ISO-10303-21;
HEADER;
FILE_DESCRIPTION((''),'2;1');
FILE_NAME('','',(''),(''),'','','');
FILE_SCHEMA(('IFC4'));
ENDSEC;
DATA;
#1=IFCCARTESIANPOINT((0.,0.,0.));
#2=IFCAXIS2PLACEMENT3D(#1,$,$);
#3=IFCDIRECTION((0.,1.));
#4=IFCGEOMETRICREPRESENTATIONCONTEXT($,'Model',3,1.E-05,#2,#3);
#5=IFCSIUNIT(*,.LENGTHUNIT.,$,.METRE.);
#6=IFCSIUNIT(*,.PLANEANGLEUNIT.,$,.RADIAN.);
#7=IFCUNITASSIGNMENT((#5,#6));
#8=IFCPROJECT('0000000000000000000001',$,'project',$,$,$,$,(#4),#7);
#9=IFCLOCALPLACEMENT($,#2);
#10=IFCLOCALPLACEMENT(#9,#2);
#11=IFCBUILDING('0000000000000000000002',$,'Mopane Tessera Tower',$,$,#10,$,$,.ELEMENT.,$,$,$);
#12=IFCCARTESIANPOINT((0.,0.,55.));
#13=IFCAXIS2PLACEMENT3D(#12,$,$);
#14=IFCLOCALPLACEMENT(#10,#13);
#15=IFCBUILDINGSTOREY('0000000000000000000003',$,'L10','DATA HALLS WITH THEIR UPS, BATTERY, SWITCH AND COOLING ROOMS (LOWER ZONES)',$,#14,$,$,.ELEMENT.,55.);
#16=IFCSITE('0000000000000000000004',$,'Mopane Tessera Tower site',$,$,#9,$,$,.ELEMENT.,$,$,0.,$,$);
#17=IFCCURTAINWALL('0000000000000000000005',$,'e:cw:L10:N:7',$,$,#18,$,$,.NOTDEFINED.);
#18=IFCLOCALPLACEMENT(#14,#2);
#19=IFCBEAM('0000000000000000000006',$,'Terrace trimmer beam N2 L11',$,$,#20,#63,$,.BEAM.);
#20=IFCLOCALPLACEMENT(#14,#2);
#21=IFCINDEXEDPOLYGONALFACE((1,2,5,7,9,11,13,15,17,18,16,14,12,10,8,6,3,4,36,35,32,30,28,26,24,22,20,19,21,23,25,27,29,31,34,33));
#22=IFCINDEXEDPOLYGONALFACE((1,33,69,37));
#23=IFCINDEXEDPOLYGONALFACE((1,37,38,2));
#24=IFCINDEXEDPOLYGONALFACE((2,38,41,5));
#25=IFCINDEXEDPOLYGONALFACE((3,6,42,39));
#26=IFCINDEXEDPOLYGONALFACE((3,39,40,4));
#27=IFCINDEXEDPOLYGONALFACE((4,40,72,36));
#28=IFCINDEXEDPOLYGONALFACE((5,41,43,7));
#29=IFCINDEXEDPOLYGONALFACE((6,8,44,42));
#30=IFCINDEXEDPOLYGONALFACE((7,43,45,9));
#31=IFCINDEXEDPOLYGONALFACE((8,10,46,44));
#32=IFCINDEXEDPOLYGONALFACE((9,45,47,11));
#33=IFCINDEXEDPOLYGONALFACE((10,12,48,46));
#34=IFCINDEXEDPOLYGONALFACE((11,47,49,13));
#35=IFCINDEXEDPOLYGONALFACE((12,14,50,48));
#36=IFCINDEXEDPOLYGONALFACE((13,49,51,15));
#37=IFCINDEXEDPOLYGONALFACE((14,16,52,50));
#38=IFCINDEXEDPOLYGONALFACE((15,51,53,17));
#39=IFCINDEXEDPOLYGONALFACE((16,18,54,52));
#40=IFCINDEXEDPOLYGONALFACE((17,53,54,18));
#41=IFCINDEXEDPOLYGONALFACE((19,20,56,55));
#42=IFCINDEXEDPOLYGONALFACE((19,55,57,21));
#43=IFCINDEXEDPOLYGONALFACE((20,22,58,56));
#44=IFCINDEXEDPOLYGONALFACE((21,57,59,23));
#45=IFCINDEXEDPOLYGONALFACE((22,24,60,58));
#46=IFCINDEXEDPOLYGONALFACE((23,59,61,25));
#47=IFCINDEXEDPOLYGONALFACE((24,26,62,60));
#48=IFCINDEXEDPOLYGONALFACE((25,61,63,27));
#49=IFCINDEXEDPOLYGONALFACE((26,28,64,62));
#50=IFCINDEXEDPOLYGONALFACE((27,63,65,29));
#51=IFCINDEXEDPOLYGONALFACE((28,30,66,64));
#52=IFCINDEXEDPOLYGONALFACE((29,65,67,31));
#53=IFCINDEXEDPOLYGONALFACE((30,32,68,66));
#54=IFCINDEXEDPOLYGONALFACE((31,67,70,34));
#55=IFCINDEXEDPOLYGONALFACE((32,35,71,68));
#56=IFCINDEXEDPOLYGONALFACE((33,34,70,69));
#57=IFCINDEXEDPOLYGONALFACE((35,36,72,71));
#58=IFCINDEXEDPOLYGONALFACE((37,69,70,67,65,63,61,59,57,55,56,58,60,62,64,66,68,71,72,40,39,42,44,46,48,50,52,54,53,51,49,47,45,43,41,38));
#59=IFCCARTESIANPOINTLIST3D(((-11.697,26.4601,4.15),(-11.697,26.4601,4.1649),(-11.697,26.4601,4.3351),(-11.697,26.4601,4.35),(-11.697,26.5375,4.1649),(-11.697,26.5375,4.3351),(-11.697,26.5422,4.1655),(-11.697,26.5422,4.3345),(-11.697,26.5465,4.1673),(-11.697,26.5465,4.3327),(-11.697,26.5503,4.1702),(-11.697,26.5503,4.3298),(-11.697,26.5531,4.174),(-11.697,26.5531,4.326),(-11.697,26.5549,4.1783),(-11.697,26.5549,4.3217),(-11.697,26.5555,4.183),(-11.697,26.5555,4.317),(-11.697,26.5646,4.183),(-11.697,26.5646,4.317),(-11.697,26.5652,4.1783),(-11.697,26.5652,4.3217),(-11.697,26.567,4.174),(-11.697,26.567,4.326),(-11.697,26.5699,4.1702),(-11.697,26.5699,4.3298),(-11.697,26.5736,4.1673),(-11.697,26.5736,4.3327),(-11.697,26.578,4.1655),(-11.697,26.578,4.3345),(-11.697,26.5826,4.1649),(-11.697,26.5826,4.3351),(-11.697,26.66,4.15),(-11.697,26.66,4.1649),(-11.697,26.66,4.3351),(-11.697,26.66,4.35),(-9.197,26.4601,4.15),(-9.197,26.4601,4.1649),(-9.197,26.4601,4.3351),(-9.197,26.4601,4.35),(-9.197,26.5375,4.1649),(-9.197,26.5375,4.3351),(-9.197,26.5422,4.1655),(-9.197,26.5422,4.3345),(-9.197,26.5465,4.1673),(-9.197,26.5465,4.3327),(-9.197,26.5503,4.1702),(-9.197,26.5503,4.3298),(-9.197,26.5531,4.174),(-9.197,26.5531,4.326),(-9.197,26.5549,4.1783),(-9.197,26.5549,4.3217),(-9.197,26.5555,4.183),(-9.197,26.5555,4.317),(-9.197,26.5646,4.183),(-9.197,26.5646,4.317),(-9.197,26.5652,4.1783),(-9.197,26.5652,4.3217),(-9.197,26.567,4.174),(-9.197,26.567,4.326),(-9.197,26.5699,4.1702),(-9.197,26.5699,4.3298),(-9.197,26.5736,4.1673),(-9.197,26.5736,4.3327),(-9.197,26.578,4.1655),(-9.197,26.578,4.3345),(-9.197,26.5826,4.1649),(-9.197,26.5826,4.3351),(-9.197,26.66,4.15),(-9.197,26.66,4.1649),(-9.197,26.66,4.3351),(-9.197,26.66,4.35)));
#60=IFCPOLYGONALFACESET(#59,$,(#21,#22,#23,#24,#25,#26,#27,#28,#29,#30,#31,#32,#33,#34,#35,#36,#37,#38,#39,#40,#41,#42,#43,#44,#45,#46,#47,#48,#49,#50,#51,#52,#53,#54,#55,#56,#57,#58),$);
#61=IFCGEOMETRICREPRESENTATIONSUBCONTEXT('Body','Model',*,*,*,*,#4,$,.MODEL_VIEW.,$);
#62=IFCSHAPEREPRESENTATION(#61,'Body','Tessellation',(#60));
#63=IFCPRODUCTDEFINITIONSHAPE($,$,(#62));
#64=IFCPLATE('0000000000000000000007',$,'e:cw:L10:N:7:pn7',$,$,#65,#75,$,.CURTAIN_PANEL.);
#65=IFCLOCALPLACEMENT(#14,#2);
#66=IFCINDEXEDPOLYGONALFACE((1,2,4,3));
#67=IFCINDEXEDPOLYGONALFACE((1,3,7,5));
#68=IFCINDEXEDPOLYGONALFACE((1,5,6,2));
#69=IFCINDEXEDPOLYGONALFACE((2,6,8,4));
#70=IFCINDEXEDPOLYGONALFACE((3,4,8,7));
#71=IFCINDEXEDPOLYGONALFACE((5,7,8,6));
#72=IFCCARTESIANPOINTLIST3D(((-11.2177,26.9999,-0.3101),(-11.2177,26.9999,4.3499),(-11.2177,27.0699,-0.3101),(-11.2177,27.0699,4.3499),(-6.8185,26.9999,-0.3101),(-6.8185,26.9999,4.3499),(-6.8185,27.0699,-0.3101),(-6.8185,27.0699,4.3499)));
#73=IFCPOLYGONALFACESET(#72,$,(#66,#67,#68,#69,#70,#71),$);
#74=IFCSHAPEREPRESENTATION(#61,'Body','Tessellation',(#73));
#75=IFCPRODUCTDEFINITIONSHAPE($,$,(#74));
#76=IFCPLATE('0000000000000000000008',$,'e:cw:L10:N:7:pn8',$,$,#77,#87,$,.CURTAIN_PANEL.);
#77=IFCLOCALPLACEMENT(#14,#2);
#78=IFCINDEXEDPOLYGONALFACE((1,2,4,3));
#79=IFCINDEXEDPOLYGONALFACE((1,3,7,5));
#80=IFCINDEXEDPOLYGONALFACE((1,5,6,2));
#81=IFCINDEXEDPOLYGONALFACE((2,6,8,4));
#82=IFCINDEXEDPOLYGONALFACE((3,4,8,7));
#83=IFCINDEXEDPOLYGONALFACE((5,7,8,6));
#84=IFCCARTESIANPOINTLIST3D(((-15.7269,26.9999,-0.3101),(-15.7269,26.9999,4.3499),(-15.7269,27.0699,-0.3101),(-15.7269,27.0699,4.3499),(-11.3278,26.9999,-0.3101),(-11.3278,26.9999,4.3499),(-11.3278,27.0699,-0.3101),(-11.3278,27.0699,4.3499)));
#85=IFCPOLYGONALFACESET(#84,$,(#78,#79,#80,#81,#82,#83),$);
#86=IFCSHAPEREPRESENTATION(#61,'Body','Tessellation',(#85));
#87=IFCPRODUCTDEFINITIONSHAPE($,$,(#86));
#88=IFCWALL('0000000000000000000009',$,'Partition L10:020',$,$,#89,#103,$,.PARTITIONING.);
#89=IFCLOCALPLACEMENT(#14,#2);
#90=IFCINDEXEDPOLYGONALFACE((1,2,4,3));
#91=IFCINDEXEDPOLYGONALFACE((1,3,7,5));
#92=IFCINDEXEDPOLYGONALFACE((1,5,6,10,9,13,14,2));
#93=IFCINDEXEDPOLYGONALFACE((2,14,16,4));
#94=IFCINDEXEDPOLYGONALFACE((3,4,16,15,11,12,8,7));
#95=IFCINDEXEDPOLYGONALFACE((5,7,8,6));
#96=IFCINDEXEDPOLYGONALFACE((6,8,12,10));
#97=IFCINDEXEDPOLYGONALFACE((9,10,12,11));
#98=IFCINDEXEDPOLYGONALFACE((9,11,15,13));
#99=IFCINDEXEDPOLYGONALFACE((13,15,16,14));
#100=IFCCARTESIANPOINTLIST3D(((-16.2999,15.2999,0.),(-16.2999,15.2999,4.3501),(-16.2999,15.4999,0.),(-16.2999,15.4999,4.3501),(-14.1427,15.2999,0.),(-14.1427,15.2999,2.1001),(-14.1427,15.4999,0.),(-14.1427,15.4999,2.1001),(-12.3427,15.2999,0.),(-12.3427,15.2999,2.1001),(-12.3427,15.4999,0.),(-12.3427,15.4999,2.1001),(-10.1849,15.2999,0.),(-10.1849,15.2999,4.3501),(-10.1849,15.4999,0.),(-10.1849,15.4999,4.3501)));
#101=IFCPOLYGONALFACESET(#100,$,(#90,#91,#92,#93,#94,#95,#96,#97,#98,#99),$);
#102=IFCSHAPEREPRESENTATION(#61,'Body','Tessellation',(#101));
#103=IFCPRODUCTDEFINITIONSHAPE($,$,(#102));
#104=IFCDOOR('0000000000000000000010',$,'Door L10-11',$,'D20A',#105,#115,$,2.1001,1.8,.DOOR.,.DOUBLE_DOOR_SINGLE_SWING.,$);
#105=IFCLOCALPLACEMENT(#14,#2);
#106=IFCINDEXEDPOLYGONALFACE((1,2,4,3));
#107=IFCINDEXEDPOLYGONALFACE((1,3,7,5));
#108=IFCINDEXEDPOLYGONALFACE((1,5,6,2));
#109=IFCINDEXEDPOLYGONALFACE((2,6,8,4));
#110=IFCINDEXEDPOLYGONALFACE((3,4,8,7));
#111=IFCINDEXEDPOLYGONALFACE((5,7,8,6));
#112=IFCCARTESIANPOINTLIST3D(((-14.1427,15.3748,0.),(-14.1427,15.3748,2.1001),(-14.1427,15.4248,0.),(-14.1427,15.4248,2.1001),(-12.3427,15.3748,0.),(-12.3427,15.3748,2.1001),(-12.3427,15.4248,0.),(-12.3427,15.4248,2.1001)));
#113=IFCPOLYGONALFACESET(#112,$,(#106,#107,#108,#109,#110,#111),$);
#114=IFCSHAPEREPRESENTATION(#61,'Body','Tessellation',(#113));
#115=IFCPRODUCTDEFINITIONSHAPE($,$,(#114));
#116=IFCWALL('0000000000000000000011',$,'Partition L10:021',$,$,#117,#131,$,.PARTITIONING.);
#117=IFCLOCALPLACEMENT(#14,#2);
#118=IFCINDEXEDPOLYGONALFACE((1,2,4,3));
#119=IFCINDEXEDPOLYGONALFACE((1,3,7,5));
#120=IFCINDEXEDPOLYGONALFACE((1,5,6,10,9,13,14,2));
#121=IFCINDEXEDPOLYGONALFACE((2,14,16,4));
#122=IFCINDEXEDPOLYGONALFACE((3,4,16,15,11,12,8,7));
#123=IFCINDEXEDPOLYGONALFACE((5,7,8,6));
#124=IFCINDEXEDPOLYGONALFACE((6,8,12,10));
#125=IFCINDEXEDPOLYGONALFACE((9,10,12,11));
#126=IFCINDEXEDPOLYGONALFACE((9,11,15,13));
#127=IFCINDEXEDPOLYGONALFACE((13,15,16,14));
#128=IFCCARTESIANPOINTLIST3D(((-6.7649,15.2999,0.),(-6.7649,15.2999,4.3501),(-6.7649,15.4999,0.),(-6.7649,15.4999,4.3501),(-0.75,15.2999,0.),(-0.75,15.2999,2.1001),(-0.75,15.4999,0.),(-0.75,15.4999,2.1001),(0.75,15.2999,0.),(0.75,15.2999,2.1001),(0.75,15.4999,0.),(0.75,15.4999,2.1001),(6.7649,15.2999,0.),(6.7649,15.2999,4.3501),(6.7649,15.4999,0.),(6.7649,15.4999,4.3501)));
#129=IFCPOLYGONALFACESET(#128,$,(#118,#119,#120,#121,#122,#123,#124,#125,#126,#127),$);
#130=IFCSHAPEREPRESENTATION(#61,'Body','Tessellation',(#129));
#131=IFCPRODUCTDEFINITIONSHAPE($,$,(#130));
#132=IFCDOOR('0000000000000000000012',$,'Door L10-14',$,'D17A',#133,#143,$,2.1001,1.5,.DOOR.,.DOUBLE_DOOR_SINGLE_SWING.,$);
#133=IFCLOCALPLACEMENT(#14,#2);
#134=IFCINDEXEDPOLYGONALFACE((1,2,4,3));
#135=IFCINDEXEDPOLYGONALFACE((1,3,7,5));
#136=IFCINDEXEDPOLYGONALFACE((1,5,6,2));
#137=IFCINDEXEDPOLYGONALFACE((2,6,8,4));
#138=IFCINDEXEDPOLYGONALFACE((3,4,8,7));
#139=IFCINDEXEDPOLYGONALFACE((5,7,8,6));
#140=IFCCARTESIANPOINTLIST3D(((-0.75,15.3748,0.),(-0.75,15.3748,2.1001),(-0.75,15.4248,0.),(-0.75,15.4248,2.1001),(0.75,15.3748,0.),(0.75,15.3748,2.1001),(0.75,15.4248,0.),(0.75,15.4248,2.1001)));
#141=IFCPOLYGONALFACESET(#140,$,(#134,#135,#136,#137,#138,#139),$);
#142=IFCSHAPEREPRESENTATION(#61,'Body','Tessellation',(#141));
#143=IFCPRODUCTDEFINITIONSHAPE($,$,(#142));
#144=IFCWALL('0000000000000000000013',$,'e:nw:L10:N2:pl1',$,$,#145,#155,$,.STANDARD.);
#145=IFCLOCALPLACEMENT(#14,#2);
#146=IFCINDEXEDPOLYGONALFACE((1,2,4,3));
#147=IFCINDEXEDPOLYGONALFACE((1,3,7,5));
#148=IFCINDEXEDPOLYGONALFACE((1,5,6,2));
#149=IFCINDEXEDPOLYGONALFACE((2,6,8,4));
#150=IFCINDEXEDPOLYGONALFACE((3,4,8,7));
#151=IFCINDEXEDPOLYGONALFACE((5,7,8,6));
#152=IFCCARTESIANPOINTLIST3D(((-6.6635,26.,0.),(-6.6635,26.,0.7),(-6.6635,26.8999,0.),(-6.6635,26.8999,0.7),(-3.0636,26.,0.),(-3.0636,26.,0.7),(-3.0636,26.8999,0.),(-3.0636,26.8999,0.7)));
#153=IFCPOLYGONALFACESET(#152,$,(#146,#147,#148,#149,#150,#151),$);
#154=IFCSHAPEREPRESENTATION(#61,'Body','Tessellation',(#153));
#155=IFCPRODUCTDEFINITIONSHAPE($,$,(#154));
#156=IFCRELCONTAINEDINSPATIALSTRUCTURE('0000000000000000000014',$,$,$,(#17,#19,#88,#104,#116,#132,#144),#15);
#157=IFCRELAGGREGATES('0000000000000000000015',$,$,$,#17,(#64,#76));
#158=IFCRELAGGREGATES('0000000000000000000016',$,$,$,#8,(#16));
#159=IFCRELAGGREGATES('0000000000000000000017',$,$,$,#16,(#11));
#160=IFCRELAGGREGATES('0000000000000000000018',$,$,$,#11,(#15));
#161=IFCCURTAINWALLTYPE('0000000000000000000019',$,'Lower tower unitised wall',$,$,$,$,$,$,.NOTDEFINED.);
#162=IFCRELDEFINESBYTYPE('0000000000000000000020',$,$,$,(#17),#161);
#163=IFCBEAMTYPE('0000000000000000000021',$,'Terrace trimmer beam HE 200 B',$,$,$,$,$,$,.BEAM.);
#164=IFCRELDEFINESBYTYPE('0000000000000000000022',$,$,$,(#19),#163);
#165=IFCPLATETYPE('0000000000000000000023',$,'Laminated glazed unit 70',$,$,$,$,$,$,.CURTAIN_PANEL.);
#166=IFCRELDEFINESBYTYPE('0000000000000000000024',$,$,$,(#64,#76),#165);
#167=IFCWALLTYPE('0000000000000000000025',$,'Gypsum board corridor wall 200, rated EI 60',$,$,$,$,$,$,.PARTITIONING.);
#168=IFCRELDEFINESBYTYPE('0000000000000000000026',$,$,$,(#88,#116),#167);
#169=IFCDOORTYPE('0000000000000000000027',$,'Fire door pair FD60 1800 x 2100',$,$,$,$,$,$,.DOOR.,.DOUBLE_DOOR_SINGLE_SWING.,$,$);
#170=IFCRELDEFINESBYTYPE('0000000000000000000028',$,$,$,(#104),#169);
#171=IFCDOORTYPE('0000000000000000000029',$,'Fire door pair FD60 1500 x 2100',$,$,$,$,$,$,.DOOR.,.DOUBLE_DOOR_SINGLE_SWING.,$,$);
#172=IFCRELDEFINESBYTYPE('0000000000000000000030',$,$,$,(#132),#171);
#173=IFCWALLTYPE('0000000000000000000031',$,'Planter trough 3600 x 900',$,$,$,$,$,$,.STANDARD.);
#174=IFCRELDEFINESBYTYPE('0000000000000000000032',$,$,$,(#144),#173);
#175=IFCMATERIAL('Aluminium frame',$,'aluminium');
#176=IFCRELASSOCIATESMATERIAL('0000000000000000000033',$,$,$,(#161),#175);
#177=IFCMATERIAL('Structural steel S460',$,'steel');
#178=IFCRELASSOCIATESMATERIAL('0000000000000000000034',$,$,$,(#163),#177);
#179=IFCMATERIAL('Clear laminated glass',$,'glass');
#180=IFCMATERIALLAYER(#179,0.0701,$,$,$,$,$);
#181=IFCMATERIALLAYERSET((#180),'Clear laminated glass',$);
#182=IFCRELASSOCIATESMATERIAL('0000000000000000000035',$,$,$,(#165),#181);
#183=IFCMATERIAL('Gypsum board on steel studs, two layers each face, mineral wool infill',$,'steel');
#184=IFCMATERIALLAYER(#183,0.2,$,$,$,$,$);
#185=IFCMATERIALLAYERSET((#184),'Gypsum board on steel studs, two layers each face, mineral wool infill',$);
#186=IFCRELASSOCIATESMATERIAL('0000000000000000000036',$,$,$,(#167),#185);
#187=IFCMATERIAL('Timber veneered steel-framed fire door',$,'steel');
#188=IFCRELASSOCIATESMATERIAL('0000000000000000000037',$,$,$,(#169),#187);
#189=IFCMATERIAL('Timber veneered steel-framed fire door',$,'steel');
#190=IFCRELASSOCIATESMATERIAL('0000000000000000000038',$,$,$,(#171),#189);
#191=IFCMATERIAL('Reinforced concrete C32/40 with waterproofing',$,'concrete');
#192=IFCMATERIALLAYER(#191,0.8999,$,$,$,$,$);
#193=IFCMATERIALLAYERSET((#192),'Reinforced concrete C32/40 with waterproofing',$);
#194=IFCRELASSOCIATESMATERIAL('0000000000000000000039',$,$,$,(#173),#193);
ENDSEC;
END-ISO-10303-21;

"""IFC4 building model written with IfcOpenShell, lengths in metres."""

from ifc_helpers import new_model, si_unit, direction, frame, frame_2d, origin, origin_2d, place, context, subcontext, project, spatial, rectangle, i_section, extrude, material, layer, layer_set, material_profile, profile_set, type_object, element, fill, aggregate, save


model = new_model("IFC4")

# Units and contexts
model_context = context("Model", 3, precision=1e-05, world=origin(), true_north=direction((0.0, 1.0)))
body_context = subcontext(model_context, "Body", "Model", "MODEL_VIEW")
ifc_project = project(units=[si_unit("LENGTHUNIT", "METRE"), si_unit("PLANEANGLEUNIT", "RADIAN")], contexts=[model_context])

# Site, building, storey
site_placement = place(None, origin())
site = spatial("IfcSite", under=ifc_project, at=site_placement, Name="Mopane Tessera Tower site", CompositionType="ELEMENT", RefElevation=0.0)
building_placement = place(site_placement, origin())
building = spatial("IfcBuilding", under=site, at=building_placement, Name="Mopane Tessera Tower", CompositionType="ELEMENT")
storey_placement = place(building_placement, frame((0.0, 0.0, 55.0)))
storey = spatial("IfcBuildingStorey", under=building, at=storey_placement, Name="L10", Description="DATA HALLS WITH THEIR UPS, BATTERY, SWITCH AND COOLING ROOMS (LOWER ZONES)", CompositionType="ELEMENT", Elevation=55.0)

# Curtain wall
ifc_material_1 = material(Name="Aluminium frame", Category="aluminium")
curtain_wall_type = type_object("IfcCurtainWallType", Name="Lower tower unitised wall", PredefinedType="NOTDEFINED", material=ifc_material_1)
curtain_wall_placement = place(storey_placement, origin())
curtain_wall = element("IfcCurtainWall", 1, at=curtain_wall_placement, inside=storey, type_object=curtain_wall_type, Name="e:cw:L10:N:7", PredefinedType="NOTDEFINED")

# Beam
ifc_material_2 = material(Name="Structural steel S460", Category="steel")
ifc_material_profile_1 = material_profile(ifc_material_2, i_section(OverallWidth=0.2, OverallDepth=0.2, WebThickness=0.009, FlangeThickness=0.0149, FilletRadius=0.0181, at=origin_2d()))
ifc_profile_set_1 = profile_set([ifc_material_profile_1], Name="Structural steel S460")
beam_type_1 = type_object("IfcBeamType", Name="Terrace trimmer beam HE 200 B", PredefinedType="BEAM", material=ifc_profile_set_1)
beam_1_placement = place(storey_placement, frame((-11.697, 26.5601, 4.25), z_axis=(1.0, 0.0, 0.0), x_axis=(0.0, 1.0, 0.0)))
element("IfcBeam", 2, at=beam_1_placement, inside=storey, type_object=beam_type_1, Name="Terrace trimmer beam N2 L11", PredefinedType="BEAM", context=body_context, shape_type="SweptSolid", body=[
    extrude(i_section(OverallWidth=0.2, OverallDepth=0.2, WebThickness=0.009, FlangeThickness=0.0149, FilletRadius=0.0181, at=origin_2d()), origin(), (0.0, 0.0, 1.0), 2.5),
])

# Plates
ifc_material_3 = material(Name="Clear laminated glass", Category="glass")
ifc_layer_1 = layer(ifc_material_3, 0.0701)
ifc_layer_set_1 = layer_set([ifc_layer_1], Name="Clear laminated glass")
plate_type = type_object("IfcPlateType", Name="Laminated glazed unit 70", PredefinedType="CURTAIN_PANEL", material=ifc_layer_set_1)
plate_1_placement = place(storey_placement, frame((-9.0181, 27.0349, -0.3101), z_axis=(0.0, 0.0, 1.0), x_axis=(-1.0, 0.0, 0.0)))
plate_1 = element("IfcPlate", 3, at=plate_1_placement, type_object=plate_type, Name="e:cw:L10:N:7:pn7", PredefinedType="CURTAIN_PANEL", context=body_context, shape_type="SweptSolid", body=[
    extrude(rectangle(XDim=4.3992, YDim=0.0701, at=origin_2d()), origin(), (0.0, 0.0, 1.0), 4.6599),
])
plate_2_placement = place(storey_placement, frame((-13.5273, 27.0349, -0.3101), z_axis=(0.0, 0.0, 1.0), x_axis=(-1.0, 0.0, 0.0)))
plate_2 = element("IfcPlate", 4, at=plate_2_placement, type_object=plate_type, Name="e:cw:L10:N:7:pn8", PredefinedType="CURTAIN_PANEL", context=body_context, shape_type="SweptSolid", body=[
    extrude(rectangle(XDim=4.3992, YDim=0.0701, at=origin_2d()), origin(), (0.0, 0.0, 1.0), 4.6599),
])
aggregate(curtain_wall, [plate_1, plate_2])

# Walls, openings, doors
ifc_material_4 = material(Name="Gypsum board on steel studs, two layers each face, mineral wool infill", Category="steel")
ifc_layer_2 = layer(ifc_material_4, 0.2)
ifc_layer_set_2 = layer_set([ifc_layer_2], Name="Gypsum board on steel studs, two layers each face, mineral wool infill")
wall_type_1 = type_object("IfcWallType", Name="Gypsum board corridor wall 200, rated EI 60", PredefinedType="PARTITIONING", material=ifc_layer_set_2)
wall_1_placement = place(storey_placement, frame((-16.3, 15.3999, 0.0), z_axis=(0.0, 0.0, 1.0), x_axis=(1.0, 0.0, 0.0)))
wall_1 = element("IfcWall", 5, at=wall_1_placement, inside=storey, type_object=wall_type_1, Name="Partition L10:020", PredefinedType="PARTITIONING", context=body_context, shape_type="SweptSolid", body=[
    extrude(rectangle(XDim=6.115, YDim=0.2, at=frame_2d((3.0576, 0.0))), origin(), (0.0, 0.0, 1.0), 4.3501),
])
opening_1_placement = place(wall_1_placement, frame((2.1575, 0.0, 0.0)))
opening_1 = element("IfcOpeningElement", 6, at=opening_1_placement, cuts=wall_1, PredefinedType="OPENING", context=body_context, shape_type="SweptSolid", body=[
    extrude(rectangle(XDim=1.8, YDim=2.1001, at=frame_2d((0.8999, 1.05))), frame((0.0, 0.1121, 0.0), z_axis=(0.0, -1.0, 0.0), x_axis=(1.0, 0.0, 0.0)), (0.0, 0.0, 1.0), 0.2239),
])
ifc_material_5 = material(Name="Timber veneered steel-framed fire door", Category="steel")
door_type_1 = type_object("IfcDoorType", Name="Fire door pair FD60 1800 x 2100", OperationType="DOUBLE_DOOR_SINGLE_SWING", PredefinedType="DOOR", material=ifc_material_5)
door_1_placement = place(opening_1_placement, origin())
door_1 = element("IfcDoor", 7, at=door_1_placement, inside=storey, type_object=door_type_1, Name="Door L10-11", ObjectType="D20A", OperationType="DOUBLE_DOOR_SINGLE_SWING", OverallHeight=2.1001, OverallWidth=1.8, PredefinedType="DOOR", context=body_context, shape_type="SweptSolid", body=[
    extrude(rectangle(XDim=1.8, YDim=2.1001, at=frame_2d((0.8999, 1.05))), frame((0.0, 0.0249, 0.0), z_axis=(0.0, -1.0, 0.0), x_axis=(1.0, 0.0, 0.0)), (0.0, 0.0, 1.0), 0.05),
])
fill(opening_1, door_1)
wall_2_placement = place(storey_placement, frame((-6.7649, 15.3999, 0.0), z_axis=(0.0, 0.0, 1.0), x_axis=(1.0, 0.0, 0.0)))
wall_2 = element("IfcWall", 8, at=wall_2_placement, inside=storey, type_object=wall_type_1, Name="Partition L10:021", PredefinedType="PARTITIONING", context=body_context, shape_type="SweptSolid", body=[
    extrude(rectangle(XDim=13.5298, YDim=0.2, at=frame_2d((6.7649, 0.0))), origin(), (0.0, 0.0, 1.0), 4.3501),
])
opening_2_placement = place(wall_2_placement, frame((6.0149, 0.0, 0.0)))
opening_2 = element("IfcOpeningElement", 9, at=opening_2_placement, cuts=wall_2, PredefinedType="OPENING", context=body_context, shape_type="SweptSolid", body=[
    extrude(rectangle(XDim=1.5, YDim=2.1001, at=frame_2d((0.75, 1.05))), frame((0.0, 0.1121, 0.0), z_axis=(0.0, -1.0, 0.0), x_axis=(1.0, 0.0, 0.0)), (0.0, 0.0, 1.0), 0.2239),
])
ifc_material_6 = material(Name="Timber veneered steel-framed fire door", Category="steel")
door_type_2 = type_object("IfcDoorType", Name="Fire door pair FD60 1500 x 2100", OperationType="DOUBLE_DOOR_SINGLE_SWING", PredefinedType="DOOR", material=ifc_material_6)
door_2_placement = place(opening_2_placement, origin())
door_2 = element("IfcDoor", 10, at=door_2_placement, inside=storey, type_object=door_type_2, Name="Door L10-14", ObjectType="D17A", OperationType="DOUBLE_DOOR_SINGLE_SWING", OverallHeight=2.1001, OverallWidth=1.5, PredefinedType="DOOR", context=body_context, shape_type="SweptSolid", body=[
    extrude(rectangle(XDim=1.5, YDim=2.1001, at=frame_2d((0.75, 1.05))), frame((0.0, 0.0249, 0.0), z_axis=(0.0, -1.0, 0.0), x_axis=(1.0, 0.0, 0.0)), (0.0, 0.0, 1.0), 0.05),
])
fill(opening_2, door_2)

# Wall
ifc_material_7 = material(Name="Reinforced concrete C32/40 with waterproofing", Category="concrete")
ifc_layer_3 = layer(ifc_material_7, 0.8999)
ifc_layer_set_3 = layer_set([ifc_layer_3], Name="Reinforced concrete C32/40 with waterproofing")
wall_type_2 = type_object("IfcWallType", Name="Planter trough 3600 x 900", PredefinedType="STANDARD", material=ifc_layer_set_3)
wall_3_placement = place(storey_placement, frame((-3.0637, 26.45, 0.0), z_axis=(0.0, 0.0, 1.0), x_axis=(-1.0, 0.0, 0.0)))
element("IfcWall", 11, at=wall_3_placement, inside=storey, type_object=wall_type_2, Name="e:nw:L10:N2:pl1", PredefinedType="STANDARD", context=body_context, shape_type="SweptSolid", body=[
    extrude(rectangle(XDim=3.5999, YDim=0.8999, at=frame_2d((1.7998, 0.0))), origin(), (0.0, 0.0, 1.0), 0.7),
])

save(model, "model.ifc")
